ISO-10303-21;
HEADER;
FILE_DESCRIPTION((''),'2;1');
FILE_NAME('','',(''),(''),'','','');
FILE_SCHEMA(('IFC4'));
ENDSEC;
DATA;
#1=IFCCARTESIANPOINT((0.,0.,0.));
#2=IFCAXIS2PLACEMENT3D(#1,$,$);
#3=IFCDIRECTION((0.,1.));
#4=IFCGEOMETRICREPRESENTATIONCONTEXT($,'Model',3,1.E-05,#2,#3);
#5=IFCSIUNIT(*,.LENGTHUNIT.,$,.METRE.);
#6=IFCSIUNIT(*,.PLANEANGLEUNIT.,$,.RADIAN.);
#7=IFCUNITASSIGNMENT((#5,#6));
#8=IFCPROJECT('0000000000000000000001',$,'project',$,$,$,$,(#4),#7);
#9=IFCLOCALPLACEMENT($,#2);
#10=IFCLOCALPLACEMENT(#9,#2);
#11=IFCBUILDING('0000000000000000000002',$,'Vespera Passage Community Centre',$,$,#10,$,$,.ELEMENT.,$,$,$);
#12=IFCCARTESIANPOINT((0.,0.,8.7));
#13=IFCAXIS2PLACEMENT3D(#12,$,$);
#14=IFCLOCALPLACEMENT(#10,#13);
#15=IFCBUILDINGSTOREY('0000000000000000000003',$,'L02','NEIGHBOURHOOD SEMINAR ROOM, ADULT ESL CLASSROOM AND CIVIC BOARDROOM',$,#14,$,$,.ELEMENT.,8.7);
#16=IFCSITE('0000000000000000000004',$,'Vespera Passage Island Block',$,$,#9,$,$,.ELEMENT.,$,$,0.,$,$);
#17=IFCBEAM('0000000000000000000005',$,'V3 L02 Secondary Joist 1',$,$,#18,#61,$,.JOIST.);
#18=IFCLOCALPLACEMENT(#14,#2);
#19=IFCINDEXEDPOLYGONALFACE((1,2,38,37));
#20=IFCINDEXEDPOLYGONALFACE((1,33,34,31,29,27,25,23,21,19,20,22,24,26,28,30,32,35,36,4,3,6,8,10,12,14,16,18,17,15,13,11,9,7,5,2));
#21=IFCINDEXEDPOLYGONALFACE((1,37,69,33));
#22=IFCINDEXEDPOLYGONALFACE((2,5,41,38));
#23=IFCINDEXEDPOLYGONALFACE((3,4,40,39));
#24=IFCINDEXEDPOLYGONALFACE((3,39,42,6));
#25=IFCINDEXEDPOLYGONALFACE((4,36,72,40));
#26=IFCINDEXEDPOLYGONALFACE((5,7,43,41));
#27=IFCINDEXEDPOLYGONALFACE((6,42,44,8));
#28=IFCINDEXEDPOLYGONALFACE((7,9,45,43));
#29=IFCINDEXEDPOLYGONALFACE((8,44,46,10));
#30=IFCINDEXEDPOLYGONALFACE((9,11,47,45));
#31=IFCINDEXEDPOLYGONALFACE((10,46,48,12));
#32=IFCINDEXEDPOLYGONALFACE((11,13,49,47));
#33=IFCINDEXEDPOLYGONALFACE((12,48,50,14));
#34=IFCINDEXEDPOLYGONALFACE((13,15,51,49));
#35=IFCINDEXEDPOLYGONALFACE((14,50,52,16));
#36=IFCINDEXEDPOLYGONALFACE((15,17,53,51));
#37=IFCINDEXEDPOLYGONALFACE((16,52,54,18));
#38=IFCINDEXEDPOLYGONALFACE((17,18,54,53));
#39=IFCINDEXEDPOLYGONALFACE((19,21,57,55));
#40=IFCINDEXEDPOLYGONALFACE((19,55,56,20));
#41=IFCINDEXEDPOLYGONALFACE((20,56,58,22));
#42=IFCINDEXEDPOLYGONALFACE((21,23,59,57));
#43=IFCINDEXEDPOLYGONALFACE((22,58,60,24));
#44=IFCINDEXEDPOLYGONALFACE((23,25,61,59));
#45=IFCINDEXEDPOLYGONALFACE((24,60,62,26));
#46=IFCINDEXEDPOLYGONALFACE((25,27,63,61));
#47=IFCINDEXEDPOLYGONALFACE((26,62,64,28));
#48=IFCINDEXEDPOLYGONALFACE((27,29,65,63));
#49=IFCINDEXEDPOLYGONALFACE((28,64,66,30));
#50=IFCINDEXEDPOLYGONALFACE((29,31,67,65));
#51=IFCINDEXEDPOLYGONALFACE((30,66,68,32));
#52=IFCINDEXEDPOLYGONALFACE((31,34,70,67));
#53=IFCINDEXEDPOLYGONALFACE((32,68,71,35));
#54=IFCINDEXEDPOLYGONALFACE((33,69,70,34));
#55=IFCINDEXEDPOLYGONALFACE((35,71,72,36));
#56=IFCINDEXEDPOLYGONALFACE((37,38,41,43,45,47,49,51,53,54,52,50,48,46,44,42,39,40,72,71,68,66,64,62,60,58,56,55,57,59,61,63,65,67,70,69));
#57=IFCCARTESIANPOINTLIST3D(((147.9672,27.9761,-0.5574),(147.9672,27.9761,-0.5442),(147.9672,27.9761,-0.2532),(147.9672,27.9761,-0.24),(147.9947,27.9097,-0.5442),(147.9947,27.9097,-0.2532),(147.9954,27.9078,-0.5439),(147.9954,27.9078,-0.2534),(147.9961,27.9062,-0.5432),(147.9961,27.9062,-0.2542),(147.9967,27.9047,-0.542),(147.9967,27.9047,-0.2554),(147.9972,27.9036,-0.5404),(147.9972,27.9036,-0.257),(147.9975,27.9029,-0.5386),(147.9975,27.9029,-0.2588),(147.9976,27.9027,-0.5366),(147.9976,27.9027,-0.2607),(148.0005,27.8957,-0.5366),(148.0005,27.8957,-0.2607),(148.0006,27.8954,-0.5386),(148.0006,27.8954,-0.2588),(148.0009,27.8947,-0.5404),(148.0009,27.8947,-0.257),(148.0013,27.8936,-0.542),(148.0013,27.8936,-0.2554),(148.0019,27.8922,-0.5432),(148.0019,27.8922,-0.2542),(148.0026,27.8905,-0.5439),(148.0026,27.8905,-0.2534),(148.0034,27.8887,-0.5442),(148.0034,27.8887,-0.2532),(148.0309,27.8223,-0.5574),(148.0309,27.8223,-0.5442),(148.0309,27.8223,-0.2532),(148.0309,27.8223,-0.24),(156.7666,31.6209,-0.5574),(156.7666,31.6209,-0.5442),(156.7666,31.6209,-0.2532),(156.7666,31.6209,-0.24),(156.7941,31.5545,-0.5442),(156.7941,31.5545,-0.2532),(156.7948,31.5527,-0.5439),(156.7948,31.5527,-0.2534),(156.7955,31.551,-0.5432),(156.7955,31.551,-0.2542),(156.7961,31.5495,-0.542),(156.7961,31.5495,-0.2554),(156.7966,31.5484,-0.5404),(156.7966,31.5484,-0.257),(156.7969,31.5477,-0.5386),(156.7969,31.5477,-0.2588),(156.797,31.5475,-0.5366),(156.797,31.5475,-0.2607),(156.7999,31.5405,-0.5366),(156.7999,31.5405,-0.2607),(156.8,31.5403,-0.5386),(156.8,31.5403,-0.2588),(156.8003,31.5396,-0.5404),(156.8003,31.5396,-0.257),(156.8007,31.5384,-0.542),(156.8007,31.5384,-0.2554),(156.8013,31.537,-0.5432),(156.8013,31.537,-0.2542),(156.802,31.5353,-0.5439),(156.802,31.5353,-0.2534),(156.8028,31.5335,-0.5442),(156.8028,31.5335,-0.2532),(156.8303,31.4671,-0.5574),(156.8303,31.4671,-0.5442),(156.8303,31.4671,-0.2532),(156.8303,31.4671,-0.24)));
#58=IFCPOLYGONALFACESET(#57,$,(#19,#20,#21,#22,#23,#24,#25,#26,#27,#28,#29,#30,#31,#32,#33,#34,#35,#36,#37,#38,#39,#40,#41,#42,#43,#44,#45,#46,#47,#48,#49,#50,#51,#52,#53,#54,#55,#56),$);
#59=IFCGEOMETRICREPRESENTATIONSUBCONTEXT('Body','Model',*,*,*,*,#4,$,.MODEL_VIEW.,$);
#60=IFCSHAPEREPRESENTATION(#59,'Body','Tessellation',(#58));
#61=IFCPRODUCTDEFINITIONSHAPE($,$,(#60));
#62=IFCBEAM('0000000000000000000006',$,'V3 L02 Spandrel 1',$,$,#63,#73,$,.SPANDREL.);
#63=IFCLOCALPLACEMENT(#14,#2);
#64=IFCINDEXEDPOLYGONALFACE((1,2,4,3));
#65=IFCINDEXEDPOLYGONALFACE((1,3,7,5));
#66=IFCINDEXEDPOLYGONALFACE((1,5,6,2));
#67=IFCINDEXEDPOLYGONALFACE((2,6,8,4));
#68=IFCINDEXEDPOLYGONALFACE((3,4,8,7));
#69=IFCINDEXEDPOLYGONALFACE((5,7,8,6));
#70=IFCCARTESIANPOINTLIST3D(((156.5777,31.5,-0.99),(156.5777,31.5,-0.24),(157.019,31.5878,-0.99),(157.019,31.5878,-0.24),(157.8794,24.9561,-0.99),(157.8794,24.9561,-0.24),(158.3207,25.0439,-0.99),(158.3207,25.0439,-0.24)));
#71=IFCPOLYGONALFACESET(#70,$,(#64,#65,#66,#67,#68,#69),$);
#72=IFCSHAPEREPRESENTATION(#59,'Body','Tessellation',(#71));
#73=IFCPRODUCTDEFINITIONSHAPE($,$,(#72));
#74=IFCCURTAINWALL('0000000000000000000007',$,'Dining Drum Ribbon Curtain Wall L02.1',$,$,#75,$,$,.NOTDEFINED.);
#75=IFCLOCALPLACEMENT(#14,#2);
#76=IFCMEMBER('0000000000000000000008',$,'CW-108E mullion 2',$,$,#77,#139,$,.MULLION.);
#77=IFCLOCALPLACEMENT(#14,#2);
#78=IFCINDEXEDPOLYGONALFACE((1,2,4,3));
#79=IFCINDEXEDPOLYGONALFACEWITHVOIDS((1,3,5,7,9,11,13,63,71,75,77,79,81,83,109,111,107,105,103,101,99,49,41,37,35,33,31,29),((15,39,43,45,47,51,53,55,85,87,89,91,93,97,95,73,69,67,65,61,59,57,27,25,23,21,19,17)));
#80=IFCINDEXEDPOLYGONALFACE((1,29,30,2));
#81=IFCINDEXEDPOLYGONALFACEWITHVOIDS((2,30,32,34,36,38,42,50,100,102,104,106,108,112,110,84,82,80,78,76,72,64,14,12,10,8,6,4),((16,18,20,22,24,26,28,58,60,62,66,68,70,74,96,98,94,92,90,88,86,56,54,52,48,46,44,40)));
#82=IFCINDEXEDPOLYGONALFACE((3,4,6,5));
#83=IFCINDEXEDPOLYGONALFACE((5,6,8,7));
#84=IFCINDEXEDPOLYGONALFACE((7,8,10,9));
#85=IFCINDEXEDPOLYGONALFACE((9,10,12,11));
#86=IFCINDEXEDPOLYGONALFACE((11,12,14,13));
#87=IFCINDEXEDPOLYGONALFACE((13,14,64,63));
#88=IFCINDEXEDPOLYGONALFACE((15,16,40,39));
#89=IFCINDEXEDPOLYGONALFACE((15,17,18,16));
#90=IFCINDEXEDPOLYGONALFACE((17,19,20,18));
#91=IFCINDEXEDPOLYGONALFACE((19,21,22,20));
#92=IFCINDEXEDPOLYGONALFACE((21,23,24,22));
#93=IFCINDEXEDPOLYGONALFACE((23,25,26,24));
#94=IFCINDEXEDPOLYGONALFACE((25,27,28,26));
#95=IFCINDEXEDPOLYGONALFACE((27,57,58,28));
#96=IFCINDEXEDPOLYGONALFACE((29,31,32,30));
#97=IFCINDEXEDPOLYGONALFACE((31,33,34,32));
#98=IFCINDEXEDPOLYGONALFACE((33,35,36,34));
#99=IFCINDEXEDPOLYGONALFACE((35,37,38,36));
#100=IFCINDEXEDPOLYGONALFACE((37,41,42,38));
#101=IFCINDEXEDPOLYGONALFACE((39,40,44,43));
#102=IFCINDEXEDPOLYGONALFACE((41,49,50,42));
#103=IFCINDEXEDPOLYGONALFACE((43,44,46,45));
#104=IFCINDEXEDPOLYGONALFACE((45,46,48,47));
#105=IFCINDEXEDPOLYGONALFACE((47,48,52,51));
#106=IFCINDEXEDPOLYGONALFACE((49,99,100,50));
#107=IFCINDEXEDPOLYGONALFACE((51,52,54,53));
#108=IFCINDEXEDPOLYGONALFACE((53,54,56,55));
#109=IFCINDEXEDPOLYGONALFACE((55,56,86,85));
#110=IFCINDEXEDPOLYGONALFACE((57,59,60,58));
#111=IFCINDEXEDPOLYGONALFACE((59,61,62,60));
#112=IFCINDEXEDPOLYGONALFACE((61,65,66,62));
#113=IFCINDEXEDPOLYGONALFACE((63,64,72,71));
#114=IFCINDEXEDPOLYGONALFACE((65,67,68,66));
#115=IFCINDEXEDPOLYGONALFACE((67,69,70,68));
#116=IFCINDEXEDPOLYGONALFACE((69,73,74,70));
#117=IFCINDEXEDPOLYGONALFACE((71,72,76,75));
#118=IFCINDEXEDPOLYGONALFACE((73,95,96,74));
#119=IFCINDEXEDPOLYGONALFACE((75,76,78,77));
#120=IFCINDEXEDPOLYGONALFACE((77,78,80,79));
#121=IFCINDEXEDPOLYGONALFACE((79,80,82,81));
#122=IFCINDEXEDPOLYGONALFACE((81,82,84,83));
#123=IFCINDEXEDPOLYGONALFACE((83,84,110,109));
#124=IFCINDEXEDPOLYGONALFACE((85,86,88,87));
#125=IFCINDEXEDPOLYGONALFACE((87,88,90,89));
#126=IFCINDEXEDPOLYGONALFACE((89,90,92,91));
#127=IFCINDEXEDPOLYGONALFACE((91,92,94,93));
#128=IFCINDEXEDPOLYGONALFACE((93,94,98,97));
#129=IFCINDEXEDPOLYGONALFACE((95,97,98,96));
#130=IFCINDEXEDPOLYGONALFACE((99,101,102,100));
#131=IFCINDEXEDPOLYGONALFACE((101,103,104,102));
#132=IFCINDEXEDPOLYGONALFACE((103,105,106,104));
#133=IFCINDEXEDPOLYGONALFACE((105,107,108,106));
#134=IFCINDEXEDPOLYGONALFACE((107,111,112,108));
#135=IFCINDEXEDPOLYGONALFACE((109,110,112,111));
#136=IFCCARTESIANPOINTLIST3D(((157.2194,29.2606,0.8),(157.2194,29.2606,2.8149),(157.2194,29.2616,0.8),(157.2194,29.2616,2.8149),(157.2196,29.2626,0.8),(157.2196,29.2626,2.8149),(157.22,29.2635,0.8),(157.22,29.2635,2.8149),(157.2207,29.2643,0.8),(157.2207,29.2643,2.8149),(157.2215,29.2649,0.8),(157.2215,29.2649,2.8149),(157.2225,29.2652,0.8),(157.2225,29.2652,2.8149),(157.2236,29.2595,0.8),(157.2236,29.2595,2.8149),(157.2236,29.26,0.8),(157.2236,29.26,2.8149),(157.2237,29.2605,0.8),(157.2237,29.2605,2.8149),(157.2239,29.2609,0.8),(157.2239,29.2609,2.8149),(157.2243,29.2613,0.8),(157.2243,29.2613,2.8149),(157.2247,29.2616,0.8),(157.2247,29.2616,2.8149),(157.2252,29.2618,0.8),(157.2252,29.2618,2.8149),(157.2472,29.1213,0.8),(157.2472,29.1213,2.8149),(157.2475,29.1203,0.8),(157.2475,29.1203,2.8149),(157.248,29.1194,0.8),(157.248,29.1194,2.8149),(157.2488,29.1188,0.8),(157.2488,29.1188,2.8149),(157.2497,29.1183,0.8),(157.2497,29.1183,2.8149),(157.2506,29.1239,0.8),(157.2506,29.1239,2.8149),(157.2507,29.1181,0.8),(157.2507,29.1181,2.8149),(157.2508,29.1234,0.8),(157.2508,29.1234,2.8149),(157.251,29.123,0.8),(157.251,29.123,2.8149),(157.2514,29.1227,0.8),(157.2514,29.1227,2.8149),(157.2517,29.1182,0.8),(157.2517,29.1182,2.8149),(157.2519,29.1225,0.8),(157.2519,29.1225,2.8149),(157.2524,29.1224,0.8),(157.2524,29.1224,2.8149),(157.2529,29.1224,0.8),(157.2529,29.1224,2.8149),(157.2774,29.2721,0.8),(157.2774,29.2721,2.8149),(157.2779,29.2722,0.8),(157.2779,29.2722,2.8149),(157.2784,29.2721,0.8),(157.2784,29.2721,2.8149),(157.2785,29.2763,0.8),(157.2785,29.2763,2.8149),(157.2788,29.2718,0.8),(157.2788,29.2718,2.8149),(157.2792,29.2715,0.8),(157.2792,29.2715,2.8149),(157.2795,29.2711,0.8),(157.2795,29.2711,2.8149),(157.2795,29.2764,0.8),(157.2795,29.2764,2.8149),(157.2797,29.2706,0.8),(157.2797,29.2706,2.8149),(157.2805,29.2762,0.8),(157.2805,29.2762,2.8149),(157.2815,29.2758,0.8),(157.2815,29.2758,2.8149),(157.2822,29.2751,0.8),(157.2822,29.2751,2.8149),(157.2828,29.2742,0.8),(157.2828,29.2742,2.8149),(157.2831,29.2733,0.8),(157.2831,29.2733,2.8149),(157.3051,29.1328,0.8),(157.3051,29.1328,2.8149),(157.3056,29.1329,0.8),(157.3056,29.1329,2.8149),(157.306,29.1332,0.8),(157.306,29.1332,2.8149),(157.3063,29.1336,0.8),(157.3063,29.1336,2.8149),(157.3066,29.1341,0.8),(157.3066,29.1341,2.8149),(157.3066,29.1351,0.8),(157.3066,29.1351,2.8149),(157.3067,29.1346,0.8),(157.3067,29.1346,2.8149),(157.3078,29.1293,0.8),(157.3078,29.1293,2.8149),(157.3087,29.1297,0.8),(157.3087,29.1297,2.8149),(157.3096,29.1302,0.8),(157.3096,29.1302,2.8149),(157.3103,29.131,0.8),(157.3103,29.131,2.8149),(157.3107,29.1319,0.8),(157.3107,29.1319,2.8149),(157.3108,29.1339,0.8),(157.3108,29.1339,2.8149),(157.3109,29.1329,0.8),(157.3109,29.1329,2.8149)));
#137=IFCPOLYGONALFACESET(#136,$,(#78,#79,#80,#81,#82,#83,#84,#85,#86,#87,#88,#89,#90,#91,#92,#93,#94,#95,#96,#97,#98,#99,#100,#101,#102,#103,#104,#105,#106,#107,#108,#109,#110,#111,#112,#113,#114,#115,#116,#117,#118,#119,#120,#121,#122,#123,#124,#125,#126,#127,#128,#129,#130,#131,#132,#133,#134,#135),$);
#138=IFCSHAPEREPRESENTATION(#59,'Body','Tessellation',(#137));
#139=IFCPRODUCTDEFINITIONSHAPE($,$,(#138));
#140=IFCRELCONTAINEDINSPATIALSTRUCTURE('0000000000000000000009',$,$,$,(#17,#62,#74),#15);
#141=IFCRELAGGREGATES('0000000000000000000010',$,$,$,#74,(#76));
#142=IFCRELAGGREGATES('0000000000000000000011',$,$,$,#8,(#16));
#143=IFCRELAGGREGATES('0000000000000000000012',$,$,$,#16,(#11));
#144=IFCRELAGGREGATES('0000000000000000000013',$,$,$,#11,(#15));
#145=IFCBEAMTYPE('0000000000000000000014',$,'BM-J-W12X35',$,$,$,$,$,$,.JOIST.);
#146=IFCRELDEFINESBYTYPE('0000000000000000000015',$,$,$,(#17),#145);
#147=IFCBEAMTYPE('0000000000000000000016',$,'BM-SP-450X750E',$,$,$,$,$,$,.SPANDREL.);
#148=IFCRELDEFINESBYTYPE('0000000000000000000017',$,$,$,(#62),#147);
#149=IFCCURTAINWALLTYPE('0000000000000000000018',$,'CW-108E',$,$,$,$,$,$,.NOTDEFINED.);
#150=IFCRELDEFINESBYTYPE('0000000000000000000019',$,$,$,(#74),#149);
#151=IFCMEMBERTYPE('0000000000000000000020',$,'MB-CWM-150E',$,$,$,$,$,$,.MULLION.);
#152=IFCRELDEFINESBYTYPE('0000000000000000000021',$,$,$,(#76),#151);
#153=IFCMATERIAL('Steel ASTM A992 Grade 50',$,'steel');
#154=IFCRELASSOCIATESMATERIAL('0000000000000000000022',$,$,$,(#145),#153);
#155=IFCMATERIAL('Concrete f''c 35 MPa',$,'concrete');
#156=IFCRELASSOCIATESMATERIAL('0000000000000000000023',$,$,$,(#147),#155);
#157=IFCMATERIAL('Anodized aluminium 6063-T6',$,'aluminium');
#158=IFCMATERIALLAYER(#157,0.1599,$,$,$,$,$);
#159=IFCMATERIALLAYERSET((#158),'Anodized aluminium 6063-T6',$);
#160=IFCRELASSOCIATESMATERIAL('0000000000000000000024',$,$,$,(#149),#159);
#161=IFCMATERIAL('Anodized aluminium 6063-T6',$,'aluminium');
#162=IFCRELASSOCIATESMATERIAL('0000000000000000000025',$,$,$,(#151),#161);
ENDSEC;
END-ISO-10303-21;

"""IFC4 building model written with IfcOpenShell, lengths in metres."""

from ifc_helpers import new_model, si_unit, direction, frame, origin, origin_2d, place, context, subcontext, project, spatial, rectangle, hollow_rectangle, i_section, extrude, material, layer, layer_set, material_profile, profile_set, type_object, element, aggregate, save


model = new_model("IFC4")

# Units and contexts
model_context = context("Model", 3, precision=1e-05, world=origin(), true_north=direction((0.0, 1.0)))
body_context = subcontext(model_context, "Body", "Model", "MODEL_VIEW")
ifc_project = project(units=[si_unit("LENGTHUNIT", "METRE"), si_unit("PLANEANGLEUNIT", "RADIAN")], contexts=[model_context])

# Site, building, storey
site_placement = place(None, origin())
site = spatial("IfcSite", under=ifc_project, at=site_placement, Name="Vespera Passage Island Block", CompositionType="ELEMENT", RefElevation=0.0)
building_placement = place(site_placement, origin())
building = spatial("IfcBuilding", under=site, at=building_placement, Name="Vespera Passage Community Centre", CompositionType="ELEMENT")
storey_placement = place(building_placement, frame((0.0, 0.0, 8.7)))
storey = spatial("IfcBuildingStorey", under=building, at=storey_placement, Name="L02", Description="NEIGHBOURHOOD SEMINAR ROOM, ADULT ESL CLASSROOM AND CIVIC BOARDROOM", CompositionType="ELEMENT", Elevation=8.7)

# Beams
ifc_material_1 = material(Name="Steel ASTM A992 Grade 50", Category="steel")
ifc_material_profile_1 = material_profile(ifc_material_1, i_section(OverallWidth=0.1665, OverallDepth=0.3174, WebThickness=0.0076, FlangeThickness=0.0132, FilletRadius=0.0076, at=origin_2d()), Name="W12X35")
ifc_profile_set_1 = profile_set([ifc_material_profile_1], Name="Steel ASTM A992 Grade 50")
beam_type_1 = type_object("IfcBeamType", Name="BM-J-W12X35", PredefinedType="JOIST", material=ifc_profile_set_1)
beam_1_placement = place(storey_placement, frame((147.999, 27.8992, -0.3987), z_axis=(0.92388, 0.382682, 0.0), x_axis=(-0.382682, 0.92388, 0.0)))
element("IfcBeam", 1, at=beam_1_placement, inside=storey, type_object=beam_type_1, Name="V3 L02 Secondary Joist 1", PredefinedType="JOIST", context=body_context, shape_type="SweptSolid", body=[
    extrude(i_section(OverallWidth=0.1665, OverallDepth=0.3174, WebThickness=0.0076, FlangeThickness=0.0132, FilletRadius=0.0076, at=origin_2d()), origin(), (0.0, 0.0, 1.0), 9.5244),
])
ifc_material_2 = material(Name="Concrete f'c 35 MPa", Category="concrete")
ifc_material_profile_2 = material_profile(ifc_material_2, rectangle(XDim=0.45, YDim=0.75, at=origin_2d()), Name="RC450X750")
ifc_profile_set_2 = profile_set([ifc_material_profile_2], Name="Concrete f'c 35 MPa")
beam_type_2 = type_object("IfcBeamType", Name="BM-SP-450X750E", PredefinedType="SPANDREL", material=ifc_profile_set_2)
beam_2_placement = place(storey_placement, frame((158.1001, 25.0, -0.615), z_axis=(-0.195103, 0.980783, 0.0), x_axis=(-0.980783, -0.195103, 0.0)))
element("IfcBeam", 2, at=beam_2_placement, inside=storey, type_object=beam_type_2, Name="V3 L02 Spandrel 1", PredefinedType="SPANDREL", context=body_context, shape_type="SweptSolid", body=[
    extrude(rectangle(XDim=0.45, YDim=0.75, at=origin_2d()), origin(), (0.0, 0.0, 1.0), 6.6721),
])

# Curtain wall, member
ifc_material_3 = material(Name="Anodized aluminium 6063-T6", Category="aluminium")
ifc_layer_1 = layer(ifc_material_3, 0.1599)
ifc_layer_set_1 = layer_set([ifc_layer_1], Name="Anodized aluminium 6063-T6")
curtain_wall_type = type_object("IfcCurtainWallType", Name="CW-108E", PredefinedType="NOTDEFINED", material=ifc_layer_set_1)
curtain_wall_1_placement = place(storey_placement, origin())
curtain_wall_1 = element("IfcCurtainWall", 3, at=curtain_wall_1_placement, inside=storey, type_object=curtain_wall_type, Name="Dining Drum Ribbon Curtain Wall L02.1", PredefinedType="NOTDEFINED")
ifc_material_4 = material(Name="Anodized aluminium 6063-T6", Category="aluminium")
ifc_material_profile_3 = material_profile(ifc_material_4, hollow_rectangle(XDim=0.0649, YDim=0.1499, WallThickness=0.0039, InnerFilletRadius=0.002, OuterFilletRadius=0.0039, at=origin_2d()), Name="ALU150X65X4")
ifc_profile_set_3 = profile_set([ifc_material_profile_3], Name="Anodized aluminium 6063-T6")
member_type_1 = type_object("IfcMemberType", Name="MB-CWM-150E", PredefinedType="MULLION", material=ifc_profile_set_3)
member_1_placement = place(storey_placement, frame((157.2651, 29.1973, 0.8), z_axis=(0.0, 0.0, 1.0), x_axis=(0.980784, 0.195097, 0.0)))
member_1 = element("IfcMember", 4, at=member_1_placement, type_object=member_type_1, Name="CW-108E mullion 2", PredefinedType="MULLION", context=body_context, shape_type="SweptSolid", body=[
    extrude(hollow_rectangle(XDim=0.0649, YDim=0.1499, WallThickness=0.0039, InnerFilletRadius=0.002, OuterFilletRadius=0.0039, at=origin_2d()), origin(), (0.0, 0.0, 1.0), 2.0149),
])

aggregate(curtain_wall_1, [member_1])

save(model, "model.ifc")
